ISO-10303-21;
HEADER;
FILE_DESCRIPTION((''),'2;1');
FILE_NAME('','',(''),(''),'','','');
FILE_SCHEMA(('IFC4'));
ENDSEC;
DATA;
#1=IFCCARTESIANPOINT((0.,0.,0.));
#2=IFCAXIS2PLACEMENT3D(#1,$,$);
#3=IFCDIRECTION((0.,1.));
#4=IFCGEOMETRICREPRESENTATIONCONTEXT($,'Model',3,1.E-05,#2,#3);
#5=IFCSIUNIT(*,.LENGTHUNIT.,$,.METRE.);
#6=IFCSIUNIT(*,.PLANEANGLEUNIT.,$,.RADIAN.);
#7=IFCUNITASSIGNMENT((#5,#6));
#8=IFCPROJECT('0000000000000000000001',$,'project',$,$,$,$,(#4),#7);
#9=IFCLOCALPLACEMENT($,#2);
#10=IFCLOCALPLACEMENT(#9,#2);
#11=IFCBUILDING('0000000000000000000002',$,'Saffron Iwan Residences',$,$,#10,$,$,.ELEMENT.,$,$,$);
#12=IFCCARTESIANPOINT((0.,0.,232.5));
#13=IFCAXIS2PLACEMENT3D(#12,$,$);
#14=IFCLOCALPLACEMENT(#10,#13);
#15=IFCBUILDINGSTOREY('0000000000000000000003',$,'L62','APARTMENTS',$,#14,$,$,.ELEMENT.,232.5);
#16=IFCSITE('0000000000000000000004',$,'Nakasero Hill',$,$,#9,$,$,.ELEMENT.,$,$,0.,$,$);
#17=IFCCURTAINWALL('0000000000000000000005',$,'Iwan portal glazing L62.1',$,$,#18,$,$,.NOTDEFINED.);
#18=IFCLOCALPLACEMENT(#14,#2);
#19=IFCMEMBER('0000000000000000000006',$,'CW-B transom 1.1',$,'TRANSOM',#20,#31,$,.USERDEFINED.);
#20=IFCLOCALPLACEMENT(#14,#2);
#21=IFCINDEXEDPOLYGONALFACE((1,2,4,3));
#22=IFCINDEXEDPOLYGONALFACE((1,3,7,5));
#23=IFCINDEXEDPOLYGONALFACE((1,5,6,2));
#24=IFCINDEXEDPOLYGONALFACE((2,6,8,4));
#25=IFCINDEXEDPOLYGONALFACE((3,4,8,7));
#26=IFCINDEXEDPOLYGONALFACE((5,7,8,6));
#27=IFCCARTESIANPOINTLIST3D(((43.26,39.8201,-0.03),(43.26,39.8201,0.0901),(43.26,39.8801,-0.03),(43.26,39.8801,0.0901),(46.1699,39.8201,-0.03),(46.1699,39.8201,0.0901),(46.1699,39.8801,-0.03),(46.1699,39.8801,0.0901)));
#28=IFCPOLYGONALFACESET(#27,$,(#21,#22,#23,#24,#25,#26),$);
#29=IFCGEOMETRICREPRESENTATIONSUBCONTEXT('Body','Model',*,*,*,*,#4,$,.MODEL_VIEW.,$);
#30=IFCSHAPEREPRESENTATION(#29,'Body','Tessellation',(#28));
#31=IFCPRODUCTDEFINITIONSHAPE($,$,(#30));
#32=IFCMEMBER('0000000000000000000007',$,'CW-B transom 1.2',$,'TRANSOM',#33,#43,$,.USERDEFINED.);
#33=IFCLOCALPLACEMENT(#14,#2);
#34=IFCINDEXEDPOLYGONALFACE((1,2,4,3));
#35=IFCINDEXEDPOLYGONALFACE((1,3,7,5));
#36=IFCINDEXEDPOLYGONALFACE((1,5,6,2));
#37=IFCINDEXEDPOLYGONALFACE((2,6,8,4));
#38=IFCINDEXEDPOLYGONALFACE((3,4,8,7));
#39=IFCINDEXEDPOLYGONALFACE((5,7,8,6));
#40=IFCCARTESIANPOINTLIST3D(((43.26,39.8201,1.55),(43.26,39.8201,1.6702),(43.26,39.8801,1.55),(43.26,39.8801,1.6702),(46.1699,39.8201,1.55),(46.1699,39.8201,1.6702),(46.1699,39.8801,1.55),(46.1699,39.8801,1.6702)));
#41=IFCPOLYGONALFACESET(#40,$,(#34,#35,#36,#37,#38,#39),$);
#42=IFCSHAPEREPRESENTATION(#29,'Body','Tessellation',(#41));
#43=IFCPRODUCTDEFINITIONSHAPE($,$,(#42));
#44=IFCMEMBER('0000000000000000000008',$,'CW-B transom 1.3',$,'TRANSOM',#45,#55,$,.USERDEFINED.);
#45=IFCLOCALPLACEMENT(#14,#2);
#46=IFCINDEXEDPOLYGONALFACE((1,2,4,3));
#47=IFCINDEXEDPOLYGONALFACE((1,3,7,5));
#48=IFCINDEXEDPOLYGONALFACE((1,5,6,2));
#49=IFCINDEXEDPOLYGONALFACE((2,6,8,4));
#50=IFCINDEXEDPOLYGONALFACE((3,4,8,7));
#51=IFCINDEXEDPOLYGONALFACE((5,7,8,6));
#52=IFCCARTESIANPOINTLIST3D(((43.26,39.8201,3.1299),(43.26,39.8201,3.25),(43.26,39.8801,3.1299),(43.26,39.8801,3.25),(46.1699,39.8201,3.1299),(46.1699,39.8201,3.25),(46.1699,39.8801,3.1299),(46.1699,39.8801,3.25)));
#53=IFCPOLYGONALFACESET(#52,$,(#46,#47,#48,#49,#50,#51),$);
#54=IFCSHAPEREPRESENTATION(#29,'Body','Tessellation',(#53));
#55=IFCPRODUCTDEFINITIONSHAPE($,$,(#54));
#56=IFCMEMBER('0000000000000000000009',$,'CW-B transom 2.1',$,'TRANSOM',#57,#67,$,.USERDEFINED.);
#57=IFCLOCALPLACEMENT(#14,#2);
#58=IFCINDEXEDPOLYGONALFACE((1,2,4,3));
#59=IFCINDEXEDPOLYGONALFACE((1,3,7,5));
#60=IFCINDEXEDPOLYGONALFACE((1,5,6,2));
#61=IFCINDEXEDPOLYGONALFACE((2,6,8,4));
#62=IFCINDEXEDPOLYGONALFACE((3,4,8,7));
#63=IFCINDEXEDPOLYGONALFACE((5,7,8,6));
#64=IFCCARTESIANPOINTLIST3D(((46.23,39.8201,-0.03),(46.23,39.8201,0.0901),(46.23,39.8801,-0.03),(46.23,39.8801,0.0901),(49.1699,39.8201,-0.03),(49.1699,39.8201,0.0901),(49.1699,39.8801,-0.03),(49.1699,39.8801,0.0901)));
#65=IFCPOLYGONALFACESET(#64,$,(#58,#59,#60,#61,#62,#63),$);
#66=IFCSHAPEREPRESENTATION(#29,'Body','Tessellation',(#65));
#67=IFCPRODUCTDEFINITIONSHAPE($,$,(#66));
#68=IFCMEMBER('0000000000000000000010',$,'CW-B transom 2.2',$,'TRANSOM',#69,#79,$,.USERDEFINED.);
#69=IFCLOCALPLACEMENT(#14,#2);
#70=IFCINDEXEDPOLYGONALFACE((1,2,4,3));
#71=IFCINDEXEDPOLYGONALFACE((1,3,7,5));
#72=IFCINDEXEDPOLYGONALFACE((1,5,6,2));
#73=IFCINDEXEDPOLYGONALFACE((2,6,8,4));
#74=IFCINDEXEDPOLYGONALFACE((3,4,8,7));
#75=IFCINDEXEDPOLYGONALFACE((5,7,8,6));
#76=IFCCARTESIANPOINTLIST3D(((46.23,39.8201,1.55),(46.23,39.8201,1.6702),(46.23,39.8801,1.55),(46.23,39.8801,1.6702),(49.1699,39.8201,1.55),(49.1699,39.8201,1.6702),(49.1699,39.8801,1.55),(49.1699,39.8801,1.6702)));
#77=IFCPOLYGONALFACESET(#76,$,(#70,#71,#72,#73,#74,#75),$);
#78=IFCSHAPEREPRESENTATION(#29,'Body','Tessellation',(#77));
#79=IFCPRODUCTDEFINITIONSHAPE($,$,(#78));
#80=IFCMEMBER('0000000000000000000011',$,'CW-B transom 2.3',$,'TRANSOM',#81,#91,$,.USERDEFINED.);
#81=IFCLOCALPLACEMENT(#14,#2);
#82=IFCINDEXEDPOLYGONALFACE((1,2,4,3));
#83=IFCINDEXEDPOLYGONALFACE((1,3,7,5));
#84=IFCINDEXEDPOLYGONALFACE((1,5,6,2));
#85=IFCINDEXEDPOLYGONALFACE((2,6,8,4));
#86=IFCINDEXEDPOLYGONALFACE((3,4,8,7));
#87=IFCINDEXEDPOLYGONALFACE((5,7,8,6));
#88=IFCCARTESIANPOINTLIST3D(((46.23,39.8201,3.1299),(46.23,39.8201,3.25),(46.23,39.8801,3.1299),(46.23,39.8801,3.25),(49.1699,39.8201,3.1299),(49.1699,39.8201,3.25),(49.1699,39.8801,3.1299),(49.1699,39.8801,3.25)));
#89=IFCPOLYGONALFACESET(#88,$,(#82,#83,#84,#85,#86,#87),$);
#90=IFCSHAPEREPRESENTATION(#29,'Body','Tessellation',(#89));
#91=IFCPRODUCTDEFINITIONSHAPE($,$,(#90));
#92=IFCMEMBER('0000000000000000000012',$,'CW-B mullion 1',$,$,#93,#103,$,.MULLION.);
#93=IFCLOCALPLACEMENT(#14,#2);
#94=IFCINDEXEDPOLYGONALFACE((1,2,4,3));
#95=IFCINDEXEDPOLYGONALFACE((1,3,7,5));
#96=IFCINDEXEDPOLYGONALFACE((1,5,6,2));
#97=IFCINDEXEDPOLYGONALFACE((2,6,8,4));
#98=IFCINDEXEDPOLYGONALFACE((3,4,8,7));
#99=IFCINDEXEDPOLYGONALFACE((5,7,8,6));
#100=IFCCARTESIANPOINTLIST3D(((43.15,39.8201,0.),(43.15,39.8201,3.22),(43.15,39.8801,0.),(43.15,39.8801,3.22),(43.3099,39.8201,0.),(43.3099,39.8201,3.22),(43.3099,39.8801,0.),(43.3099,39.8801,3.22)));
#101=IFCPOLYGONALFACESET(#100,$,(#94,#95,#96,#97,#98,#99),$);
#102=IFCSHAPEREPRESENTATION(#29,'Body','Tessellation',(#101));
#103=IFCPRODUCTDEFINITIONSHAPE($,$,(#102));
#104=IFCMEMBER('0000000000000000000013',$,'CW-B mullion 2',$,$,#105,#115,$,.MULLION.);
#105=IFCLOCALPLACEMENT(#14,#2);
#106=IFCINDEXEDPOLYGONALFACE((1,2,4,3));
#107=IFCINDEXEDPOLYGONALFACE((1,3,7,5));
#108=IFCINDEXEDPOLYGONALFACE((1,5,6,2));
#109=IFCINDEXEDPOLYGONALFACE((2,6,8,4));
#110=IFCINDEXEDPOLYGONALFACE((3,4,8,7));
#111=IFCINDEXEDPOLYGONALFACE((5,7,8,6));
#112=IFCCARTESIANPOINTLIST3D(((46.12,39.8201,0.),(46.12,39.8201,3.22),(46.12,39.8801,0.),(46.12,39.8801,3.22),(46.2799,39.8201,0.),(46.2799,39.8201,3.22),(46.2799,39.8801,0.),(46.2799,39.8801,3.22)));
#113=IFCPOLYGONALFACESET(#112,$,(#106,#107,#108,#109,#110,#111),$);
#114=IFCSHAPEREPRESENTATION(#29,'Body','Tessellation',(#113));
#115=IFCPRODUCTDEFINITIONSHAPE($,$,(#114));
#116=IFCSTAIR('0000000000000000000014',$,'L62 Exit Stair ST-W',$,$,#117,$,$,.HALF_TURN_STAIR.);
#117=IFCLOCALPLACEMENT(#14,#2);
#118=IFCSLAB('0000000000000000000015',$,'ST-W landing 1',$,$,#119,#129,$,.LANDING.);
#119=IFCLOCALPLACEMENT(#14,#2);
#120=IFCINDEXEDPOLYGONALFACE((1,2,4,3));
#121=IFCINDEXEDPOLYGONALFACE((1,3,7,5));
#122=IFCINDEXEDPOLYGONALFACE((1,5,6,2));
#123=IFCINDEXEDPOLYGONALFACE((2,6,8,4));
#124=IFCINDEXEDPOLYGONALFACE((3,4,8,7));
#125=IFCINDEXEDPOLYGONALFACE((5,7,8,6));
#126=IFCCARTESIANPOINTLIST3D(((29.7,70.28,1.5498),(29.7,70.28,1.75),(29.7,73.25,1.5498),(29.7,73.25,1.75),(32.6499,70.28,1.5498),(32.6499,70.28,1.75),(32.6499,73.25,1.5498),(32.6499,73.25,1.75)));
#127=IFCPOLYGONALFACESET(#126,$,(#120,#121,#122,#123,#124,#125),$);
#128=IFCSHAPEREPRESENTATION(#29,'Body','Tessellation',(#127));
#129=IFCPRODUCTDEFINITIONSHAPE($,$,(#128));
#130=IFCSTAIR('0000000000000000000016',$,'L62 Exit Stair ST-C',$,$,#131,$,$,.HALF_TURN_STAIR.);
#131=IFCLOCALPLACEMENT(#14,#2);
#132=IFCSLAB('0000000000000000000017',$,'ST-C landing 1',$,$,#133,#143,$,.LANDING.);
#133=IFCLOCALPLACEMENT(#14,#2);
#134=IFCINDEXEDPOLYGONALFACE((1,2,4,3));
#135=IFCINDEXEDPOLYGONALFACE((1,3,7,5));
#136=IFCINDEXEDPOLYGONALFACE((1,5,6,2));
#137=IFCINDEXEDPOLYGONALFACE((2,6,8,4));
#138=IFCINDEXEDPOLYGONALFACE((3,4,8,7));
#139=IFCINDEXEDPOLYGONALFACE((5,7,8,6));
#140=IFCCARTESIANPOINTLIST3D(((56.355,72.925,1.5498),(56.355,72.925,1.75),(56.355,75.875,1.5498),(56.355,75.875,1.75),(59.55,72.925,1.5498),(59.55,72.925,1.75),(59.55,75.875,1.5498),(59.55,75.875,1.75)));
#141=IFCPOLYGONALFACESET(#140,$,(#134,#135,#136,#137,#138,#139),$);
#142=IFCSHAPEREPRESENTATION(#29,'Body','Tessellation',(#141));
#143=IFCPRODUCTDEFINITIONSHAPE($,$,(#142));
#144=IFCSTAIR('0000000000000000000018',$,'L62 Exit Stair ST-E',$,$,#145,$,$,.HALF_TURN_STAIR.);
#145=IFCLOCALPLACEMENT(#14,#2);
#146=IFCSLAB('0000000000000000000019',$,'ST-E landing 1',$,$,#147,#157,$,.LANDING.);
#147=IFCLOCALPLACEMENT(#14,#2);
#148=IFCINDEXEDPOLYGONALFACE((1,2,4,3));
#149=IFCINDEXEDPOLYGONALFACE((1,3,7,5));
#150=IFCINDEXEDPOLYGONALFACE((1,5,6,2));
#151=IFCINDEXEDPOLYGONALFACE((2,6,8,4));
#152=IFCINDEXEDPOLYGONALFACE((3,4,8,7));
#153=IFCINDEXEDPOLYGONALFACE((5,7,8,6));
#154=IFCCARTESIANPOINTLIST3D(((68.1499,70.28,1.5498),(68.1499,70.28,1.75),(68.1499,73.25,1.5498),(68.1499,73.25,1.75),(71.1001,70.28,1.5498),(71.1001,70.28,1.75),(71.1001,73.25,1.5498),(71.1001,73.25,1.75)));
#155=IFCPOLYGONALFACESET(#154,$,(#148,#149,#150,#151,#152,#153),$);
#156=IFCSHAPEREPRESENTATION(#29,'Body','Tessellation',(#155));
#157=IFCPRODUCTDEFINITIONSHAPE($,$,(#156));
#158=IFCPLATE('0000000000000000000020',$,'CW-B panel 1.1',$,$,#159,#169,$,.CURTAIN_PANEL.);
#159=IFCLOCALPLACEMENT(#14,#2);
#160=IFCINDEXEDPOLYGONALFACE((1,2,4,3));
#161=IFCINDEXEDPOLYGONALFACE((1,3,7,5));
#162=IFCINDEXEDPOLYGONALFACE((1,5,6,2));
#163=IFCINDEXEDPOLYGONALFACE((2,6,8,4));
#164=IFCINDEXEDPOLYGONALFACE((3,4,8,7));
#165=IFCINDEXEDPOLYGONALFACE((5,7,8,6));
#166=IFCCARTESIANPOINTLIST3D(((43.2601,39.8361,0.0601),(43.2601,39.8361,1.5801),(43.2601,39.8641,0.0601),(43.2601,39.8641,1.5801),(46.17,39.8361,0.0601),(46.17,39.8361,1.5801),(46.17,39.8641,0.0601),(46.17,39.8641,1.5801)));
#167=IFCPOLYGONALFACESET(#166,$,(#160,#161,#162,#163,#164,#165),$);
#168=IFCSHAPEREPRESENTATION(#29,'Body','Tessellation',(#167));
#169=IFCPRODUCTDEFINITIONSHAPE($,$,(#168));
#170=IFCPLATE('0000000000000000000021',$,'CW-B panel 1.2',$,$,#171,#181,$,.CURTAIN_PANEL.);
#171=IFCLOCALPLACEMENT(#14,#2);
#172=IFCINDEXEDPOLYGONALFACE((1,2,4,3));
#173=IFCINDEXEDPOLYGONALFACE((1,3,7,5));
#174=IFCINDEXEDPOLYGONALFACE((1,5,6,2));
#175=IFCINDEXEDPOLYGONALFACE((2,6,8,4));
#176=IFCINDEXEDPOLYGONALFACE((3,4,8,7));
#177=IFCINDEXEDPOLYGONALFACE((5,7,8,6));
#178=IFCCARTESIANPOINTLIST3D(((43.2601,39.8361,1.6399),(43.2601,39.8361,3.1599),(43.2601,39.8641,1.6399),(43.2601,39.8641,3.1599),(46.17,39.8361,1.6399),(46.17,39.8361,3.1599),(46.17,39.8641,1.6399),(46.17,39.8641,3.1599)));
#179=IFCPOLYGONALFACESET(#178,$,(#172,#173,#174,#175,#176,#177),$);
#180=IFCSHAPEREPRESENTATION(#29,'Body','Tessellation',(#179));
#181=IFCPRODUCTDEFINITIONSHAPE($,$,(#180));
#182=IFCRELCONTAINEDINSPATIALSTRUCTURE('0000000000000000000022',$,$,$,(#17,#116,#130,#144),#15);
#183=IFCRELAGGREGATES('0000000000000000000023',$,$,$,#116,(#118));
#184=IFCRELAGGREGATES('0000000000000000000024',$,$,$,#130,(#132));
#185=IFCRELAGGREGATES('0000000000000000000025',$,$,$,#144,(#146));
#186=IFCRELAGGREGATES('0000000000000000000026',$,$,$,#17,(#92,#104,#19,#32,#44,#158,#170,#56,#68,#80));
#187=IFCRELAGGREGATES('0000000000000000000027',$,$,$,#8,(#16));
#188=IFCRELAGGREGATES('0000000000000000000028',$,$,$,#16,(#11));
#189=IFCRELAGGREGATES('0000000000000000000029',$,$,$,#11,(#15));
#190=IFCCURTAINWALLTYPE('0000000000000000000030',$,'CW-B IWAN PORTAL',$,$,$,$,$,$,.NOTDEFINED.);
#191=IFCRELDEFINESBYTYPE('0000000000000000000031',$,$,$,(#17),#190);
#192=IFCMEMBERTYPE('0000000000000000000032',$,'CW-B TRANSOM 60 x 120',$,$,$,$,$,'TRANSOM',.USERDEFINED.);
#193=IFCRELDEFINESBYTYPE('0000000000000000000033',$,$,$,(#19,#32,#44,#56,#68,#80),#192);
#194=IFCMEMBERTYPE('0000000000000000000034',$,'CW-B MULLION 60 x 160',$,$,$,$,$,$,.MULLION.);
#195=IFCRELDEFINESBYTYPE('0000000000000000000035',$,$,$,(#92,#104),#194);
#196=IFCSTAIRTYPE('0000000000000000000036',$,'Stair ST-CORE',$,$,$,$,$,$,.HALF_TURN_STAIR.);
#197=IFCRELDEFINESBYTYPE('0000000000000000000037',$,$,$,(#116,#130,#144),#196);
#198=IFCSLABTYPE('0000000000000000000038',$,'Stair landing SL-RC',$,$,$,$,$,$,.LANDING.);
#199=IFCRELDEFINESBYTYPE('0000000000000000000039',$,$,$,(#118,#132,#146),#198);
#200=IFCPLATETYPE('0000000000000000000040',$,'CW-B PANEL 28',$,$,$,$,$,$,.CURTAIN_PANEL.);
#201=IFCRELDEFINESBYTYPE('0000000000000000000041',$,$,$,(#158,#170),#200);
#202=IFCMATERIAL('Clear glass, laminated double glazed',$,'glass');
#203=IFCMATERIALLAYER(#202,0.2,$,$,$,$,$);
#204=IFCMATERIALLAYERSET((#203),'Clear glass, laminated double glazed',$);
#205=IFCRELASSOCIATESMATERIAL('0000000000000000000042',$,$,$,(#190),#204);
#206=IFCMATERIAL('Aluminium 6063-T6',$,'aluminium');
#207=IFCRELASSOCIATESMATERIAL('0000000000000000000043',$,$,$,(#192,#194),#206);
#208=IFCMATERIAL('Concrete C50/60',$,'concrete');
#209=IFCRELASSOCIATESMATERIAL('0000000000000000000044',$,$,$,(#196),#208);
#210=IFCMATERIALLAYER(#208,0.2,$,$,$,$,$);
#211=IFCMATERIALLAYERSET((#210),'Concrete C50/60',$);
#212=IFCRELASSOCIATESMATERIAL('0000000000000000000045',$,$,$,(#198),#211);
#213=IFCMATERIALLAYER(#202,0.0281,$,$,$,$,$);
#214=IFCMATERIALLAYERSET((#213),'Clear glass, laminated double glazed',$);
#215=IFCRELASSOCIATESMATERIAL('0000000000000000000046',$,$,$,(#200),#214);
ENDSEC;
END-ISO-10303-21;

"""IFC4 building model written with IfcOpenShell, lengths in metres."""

from ifc_helpers import new_model, si_unit, direction, frame, origin, origin_2d, place, context, subcontext, project, spatial, polyline, rectangle, outline, extrude, source, transform, mapped, material, layer, layer_set, material_profile, profile_set, type_object, element, aggregate, save


model = new_model("IFC4")

# Units and contexts
model_context = context("Model", 3, precision=1e-05, world=origin(), true_north=direction((0.0, 1.0)))
body_context = subcontext(model_context, "Body", "Model", "MODEL_VIEW")
ifc_project = project(units=[si_unit("LENGTHUNIT", "METRE"), si_unit("PLANEANGLEUNIT", "RADIAN")], contexts=[model_context])

# Site, building, storey
site_placement = place(None, origin())
site = spatial("IfcSite", under=ifc_project, at=site_placement, Name="Nakasero Hill", CompositionType="ELEMENT", RefElevation=0.0)
building_placement = place(site_placement, origin())
building = spatial("IfcBuilding", under=site, at=building_placement, Name="Saffron Iwan Residences", CompositionType="ELEMENT")
storey_placement = place(building_placement, frame((0.0, 0.0, 232.5)))
storey = spatial("IfcBuildingStorey", under=building, at=storey_placement, Name="L62", Description="APARTMENTS", CompositionType="ELEMENT", Elevation=232.5)

# Curtain wall, members
ifc_material_1 = material(Name="Clear glass, laminated double glazed", Category="glass")
ifc_layer_1 = layer(ifc_material_1, 0.2)
ifc_layer_set_1 = layer_set([ifc_layer_1], Name="Clear glass, laminated double glazed")
curtain_wall_type = type_object("IfcCurtainWallType", Name="CW-B IWAN PORTAL", PredefinedType="NOTDEFINED", material=ifc_layer_set_1)
curtain_wall_placement = place(storey_placement, origin())
curtain_wall = element("IfcCurtainWall", 1, at=curtain_wall_placement, inside=storey, type_object=curtain_wall_type, Name="Iwan portal glazing L62.1", PredefinedType="NOTDEFINED")
ifc_material_2 = material(Name="Aluminium 6063-T6", Category="aluminium")
ifc_material_profile_1 = material_profile(ifc_material_2, rectangle(XDim=0.0601, YDim=0.1201, at=origin_2d()), Name="CW-B TRANSOM 60 x 120")
ifc_profile_set_1 = profile_set([ifc_material_profile_1], Name="Aluminium 6063-T6")
member_type_1 = type_object("IfcMemberType", Name="CW-B TRANSOM 60 x 120", ElementType="TRANSOM", PredefinedType="USERDEFINED", material=ifc_profile_set_1)
shared_shape_1 = source(origin(), body_context, "Body", "SweptSolid", [
    extrude(rectangle(XDim=0.0601, YDim=0.1201, at=origin_2d()), origin(), (0.0, 0.0, 1.0), 2.9099),
])
member_1_placement = place(storey_placement, frame((43.26, 39.8501, 0.03), z_axis=(1.0, 0.0, 0.0), x_axis=(0.0, 1.0, 0.0)))
member_1 = element("IfcMember", 2, at=member_1_placement, type_object=member_type_1, Name="CW-B transom 1.1", ObjectType="TRANSOM", PredefinedType="USERDEFINED", context=body_context, shape_type="MappedRepresentation", body=[
    mapped(shared_shape_1, transform((0.0, 0.0, 0.0))),
])
member_2_placement = place(storey_placement, frame((43.26, 39.8501, 1.6101), z_axis=(1.0, 0.0, 0.0), x_axis=(0.0, 1.0, 0.0)))
member_2 = element("IfcMember", 3, at=member_2_placement, type_object=member_type_1, Name="CW-B transom 1.2", ObjectType="TRANSOM", PredefinedType="USERDEFINED", context=body_context, shape_type="MappedRepresentation", body=[
    mapped(shared_shape_1, transform((0.0, 0.0, 0.0))),
])
member_3_placement = place(storey_placement, frame((43.26, 39.8501, 3.1899), z_axis=(1.0, 0.0, 0.0), x_axis=(0.0, 1.0, 0.0)))
member_3 = element("IfcMember", 4, at=member_3_placement, type_object=member_type_1, Name="CW-B transom 1.3", ObjectType="TRANSOM", PredefinedType="USERDEFINED", context=body_context, shape_type="MappedRepresentation", body=[
    mapped(shared_shape_1, transform((0.0, 0.0, 0.0))),
])
shared_shape_2 = source(origin(), body_context, "Body", "SweptSolid", [
    extrude(rectangle(XDim=0.0601, YDim=0.1201, at=origin_2d()), origin(), (0.0, 0.0, 1.0), 2.9399),
])
member_4_placement = place(storey_placement, frame((46.23, 39.8501, 0.03), z_axis=(1.0, 0.0, 0.0), x_axis=(0.0, 1.0, 0.0)))
member_4 = element("IfcMember", 5, at=member_4_placement, type_object=member_type_1, Name="CW-B transom 2.1", ObjectType="TRANSOM", PredefinedType="USERDEFINED", context=body_context, shape_type="MappedRepresentation", body=[
    mapped(shared_shape_2, transform((0.0, 0.0, 0.0))),
])
member_5_placement = place(storey_placement, frame((46.23, 39.8501, 1.6101), z_axis=(1.0, 0.0, 0.0), x_axis=(0.0, 1.0, 0.0)))
member_5 = element("IfcMember", 6, at=member_5_placement, type_object=member_type_1, Name="CW-B transom 2.2", ObjectType="TRANSOM", PredefinedType="USERDEFINED", context=body_context, shape_type="MappedRepresentation", body=[
    mapped(shared_shape_2, transform((0.0, 0.0, 0.0))),
])
member_6_placement = place(storey_placement, frame((46.23, 39.8501, 3.1899), z_axis=(1.0, 0.0, 0.0), x_axis=(0.0, 1.0, 0.0)))
member_6 = element("IfcMember", 7, at=member_6_placement, type_object=member_type_1, Name="CW-B transom 2.3", ObjectType="TRANSOM", PredefinedType="USERDEFINED", context=body_context, shape_type="MappedRepresentation", body=[
    mapped(shared_shape_2, transform((0.0, 0.0, 0.0))),
])
ifc_material_profile_2 = material_profile(ifc_material_2, rectangle(XDim=0.0601, YDim=0.1599, at=origin_2d()), Name="CW-B MULLION 60 x 160")
ifc_profile_set_2 = profile_set([ifc_material_profile_2], Name="Aluminium 6063-T6")
member_type_2 = type_object("IfcMemberType", Name="CW-B MULLION 60 x 160", PredefinedType="MULLION", material=ifc_profile_set_2)
shared_shape_3 = source(origin(), body_context, "Body", "SweptSolid", [
    extrude(rectangle(XDim=0.0601, YDim=0.1599, at=origin_2d()), origin(), (0.0, 0.0, 1.0), 3.22),
])
member_7_placement = place(storey_placement, frame((43.23, 39.8501, 0.0), z_axis=(0.0, 0.0, 1.0), x_axis=(0.0, 1.0, 0.0)))
member_7 = element("IfcMember", 8, at=member_7_placement, type_object=member_type_2, Name="CW-B mullion 1", PredefinedType="MULLION", context=body_context, shape_type="MappedRepresentation", body=[
    mapped(shared_shape_3, transform((0.0, 0.0, 0.0))),
])
member_8_placement = place(storey_placement, frame((46.2, 39.8501, 0.0), z_axis=(0.0, 0.0, 1.0), x_axis=(0.0, 1.0, 0.0)))
member_8 = element("IfcMember", 9, at=member_8_placement, type_object=member_type_2, Name="CW-B mullion 2", PredefinedType="MULLION", context=body_context, shape_type="MappedRepresentation", body=[
    mapped(shared_shape_3, transform((0.0, 0.0, 0.0))),
])

# Stairs, slabs
ifc_material_3 = material(Name="Concrete C50/60", Category="concrete")
stair_type = type_object("IfcStairType", Name="Stair ST-CORE", PredefinedType="HALF_TURN_STAIR", material=ifc_material_3)
stair_1_placement = place(storey_placement, origin())
stair_1 = element("IfcStair", 10, at=stair_1_placement, inside=storey, type_object=stair_type, Name="L62 Exit Stair ST-W", PredefinedType="HALF_TURN_STAIR")
ifc_layer_2 = layer(ifc_material_3, 0.2)
ifc_layer_set_2 = layer_set([ifc_layer_2], Name="Concrete C50/60")
slab_type = type_object("IfcSlabType", Name="Stair landing SL-RC", PredefinedType="LANDING", material=ifc_layer_set_2)
slab_1_placement = place(storey_placement, frame((0.0, 0.0, 1.5498)))
slab_1 = element("IfcSlab", 11, at=slab_1_placement, type_object=slab_type, Name="ST-W landing 1", PredefinedType="LANDING", context=body_context, shape_type="SweptSolid", body=[
    extrude(outline(polyline([(32.6499, 70.28), (32.6499, 73.25), (29.7, 73.25), (29.7, 70.28), (32.6499, 70.28)])), origin(), (0.0, 0.0, 1.0), 0.2002),
])
aggregate(stair_1, [slab_1])
stair_2_placement = place(storey_placement, origin())
stair_2 = element("IfcStair", 12, at=stair_2_placement, inside=storey, type_object=stair_type, Name="L62 Exit Stair ST-C", PredefinedType="HALF_TURN_STAIR")
slab_2_placement = place(storey_placement, frame((0.0, 0.0, 1.5498)))
slab_2 = element("IfcSlab", 13, at=slab_2_placement, type_object=slab_type, Name="ST-C landing 1", PredefinedType="LANDING", context=body_context, shape_type="SweptSolid", body=[
    extrude(outline(polyline([(56.355, 72.925), (59.55, 72.925), (59.55, 75.875), (56.355, 75.875), (56.355, 72.925)])), origin(), (0.0, 0.0, 1.0), 0.2002),
])
aggregate(stair_2, [slab_2])
stair_3_placement = place(storey_placement, origin())
stair_3 = element("IfcStair", 14, at=stair_3_placement, inside=storey, type_object=stair_type, Name="L62 Exit Stair ST-E", PredefinedType="HALF_TURN_STAIR")
slab_3_placement = place(storey_placement, frame((0.0, 0.0, 1.5498)))
slab_3 = element("IfcSlab", 15, at=slab_3_placement, type_object=slab_type, Name="ST-E landing 1", PredefinedType="LANDING", context=body_context, shape_type="SweptSolid", body=[
    extrude(outline(polyline([(71.1001, 70.28), (71.1001, 73.25), (68.1499, 73.25), (68.1499, 70.28), (71.1001, 70.28)])), origin(), (0.0, 0.0, 1.0), 0.2002),
])
aggregate(stair_3, [slab_3])

# Plates
ifc_layer_3 = layer(ifc_material_1, 0.0281)
ifc_layer_set_3 = layer_set([ifc_layer_3], Name="Clear glass, laminated double glazed")
plate_type = type_object("IfcPlateType", Name="CW-B PANEL 28", PredefinedType="CURTAIN_PANEL", material=ifc_layer_set_3)
shared_shape_4 = source(origin(), body_context, "Body", "SweptSolid", [
    extrude(rectangle(XDim=2.9099, YDim=0.0281, at=origin_2d()), origin(), (0.0, 0.0, 1.0), 1.52),
])
plate_1_placement = place(storey_placement, frame((44.7151, 39.8501, 0.0601), z_axis=(0.0, 0.0, 1.0), x_axis=(1.0, 0.0, 0.0)))
plate_1 = element("IfcPlate", 16, at=plate_1_placement, type_object=plate_type, Name="CW-B panel 1.1", PredefinedType="CURTAIN_PANEL", context=body_context, shape_type="MappedRepresentation", body=[
    mapped(shared_shape_4, transform((0.0, 0.0, 0.0))),
])
plate_2_placement = place(storey_placement, frame((44.7151, 39.8501, 1.6399), z_axis=(0.0, 0.0, 1.0), x_axis=(1.0, 0.0, 0.0)))
plate_2 = element("IfcPlate", 17, at=plate_2_placement, type_object=plate_type, Name="CW-B panel 1.2", PredefinedType="CURTAIN_PANEL", context=body_context, shape_type="MappedRepresentation", body=[
    mapped(shared_shape_4, transform((0.0, 0.0, 0.0))),
])
aggregate(curtain_wall, [member_7, member_8, member_1, member_2, member_3, plate_1, plate_2, member_4, member_5, member_6])

save(model, "model.ifc")
